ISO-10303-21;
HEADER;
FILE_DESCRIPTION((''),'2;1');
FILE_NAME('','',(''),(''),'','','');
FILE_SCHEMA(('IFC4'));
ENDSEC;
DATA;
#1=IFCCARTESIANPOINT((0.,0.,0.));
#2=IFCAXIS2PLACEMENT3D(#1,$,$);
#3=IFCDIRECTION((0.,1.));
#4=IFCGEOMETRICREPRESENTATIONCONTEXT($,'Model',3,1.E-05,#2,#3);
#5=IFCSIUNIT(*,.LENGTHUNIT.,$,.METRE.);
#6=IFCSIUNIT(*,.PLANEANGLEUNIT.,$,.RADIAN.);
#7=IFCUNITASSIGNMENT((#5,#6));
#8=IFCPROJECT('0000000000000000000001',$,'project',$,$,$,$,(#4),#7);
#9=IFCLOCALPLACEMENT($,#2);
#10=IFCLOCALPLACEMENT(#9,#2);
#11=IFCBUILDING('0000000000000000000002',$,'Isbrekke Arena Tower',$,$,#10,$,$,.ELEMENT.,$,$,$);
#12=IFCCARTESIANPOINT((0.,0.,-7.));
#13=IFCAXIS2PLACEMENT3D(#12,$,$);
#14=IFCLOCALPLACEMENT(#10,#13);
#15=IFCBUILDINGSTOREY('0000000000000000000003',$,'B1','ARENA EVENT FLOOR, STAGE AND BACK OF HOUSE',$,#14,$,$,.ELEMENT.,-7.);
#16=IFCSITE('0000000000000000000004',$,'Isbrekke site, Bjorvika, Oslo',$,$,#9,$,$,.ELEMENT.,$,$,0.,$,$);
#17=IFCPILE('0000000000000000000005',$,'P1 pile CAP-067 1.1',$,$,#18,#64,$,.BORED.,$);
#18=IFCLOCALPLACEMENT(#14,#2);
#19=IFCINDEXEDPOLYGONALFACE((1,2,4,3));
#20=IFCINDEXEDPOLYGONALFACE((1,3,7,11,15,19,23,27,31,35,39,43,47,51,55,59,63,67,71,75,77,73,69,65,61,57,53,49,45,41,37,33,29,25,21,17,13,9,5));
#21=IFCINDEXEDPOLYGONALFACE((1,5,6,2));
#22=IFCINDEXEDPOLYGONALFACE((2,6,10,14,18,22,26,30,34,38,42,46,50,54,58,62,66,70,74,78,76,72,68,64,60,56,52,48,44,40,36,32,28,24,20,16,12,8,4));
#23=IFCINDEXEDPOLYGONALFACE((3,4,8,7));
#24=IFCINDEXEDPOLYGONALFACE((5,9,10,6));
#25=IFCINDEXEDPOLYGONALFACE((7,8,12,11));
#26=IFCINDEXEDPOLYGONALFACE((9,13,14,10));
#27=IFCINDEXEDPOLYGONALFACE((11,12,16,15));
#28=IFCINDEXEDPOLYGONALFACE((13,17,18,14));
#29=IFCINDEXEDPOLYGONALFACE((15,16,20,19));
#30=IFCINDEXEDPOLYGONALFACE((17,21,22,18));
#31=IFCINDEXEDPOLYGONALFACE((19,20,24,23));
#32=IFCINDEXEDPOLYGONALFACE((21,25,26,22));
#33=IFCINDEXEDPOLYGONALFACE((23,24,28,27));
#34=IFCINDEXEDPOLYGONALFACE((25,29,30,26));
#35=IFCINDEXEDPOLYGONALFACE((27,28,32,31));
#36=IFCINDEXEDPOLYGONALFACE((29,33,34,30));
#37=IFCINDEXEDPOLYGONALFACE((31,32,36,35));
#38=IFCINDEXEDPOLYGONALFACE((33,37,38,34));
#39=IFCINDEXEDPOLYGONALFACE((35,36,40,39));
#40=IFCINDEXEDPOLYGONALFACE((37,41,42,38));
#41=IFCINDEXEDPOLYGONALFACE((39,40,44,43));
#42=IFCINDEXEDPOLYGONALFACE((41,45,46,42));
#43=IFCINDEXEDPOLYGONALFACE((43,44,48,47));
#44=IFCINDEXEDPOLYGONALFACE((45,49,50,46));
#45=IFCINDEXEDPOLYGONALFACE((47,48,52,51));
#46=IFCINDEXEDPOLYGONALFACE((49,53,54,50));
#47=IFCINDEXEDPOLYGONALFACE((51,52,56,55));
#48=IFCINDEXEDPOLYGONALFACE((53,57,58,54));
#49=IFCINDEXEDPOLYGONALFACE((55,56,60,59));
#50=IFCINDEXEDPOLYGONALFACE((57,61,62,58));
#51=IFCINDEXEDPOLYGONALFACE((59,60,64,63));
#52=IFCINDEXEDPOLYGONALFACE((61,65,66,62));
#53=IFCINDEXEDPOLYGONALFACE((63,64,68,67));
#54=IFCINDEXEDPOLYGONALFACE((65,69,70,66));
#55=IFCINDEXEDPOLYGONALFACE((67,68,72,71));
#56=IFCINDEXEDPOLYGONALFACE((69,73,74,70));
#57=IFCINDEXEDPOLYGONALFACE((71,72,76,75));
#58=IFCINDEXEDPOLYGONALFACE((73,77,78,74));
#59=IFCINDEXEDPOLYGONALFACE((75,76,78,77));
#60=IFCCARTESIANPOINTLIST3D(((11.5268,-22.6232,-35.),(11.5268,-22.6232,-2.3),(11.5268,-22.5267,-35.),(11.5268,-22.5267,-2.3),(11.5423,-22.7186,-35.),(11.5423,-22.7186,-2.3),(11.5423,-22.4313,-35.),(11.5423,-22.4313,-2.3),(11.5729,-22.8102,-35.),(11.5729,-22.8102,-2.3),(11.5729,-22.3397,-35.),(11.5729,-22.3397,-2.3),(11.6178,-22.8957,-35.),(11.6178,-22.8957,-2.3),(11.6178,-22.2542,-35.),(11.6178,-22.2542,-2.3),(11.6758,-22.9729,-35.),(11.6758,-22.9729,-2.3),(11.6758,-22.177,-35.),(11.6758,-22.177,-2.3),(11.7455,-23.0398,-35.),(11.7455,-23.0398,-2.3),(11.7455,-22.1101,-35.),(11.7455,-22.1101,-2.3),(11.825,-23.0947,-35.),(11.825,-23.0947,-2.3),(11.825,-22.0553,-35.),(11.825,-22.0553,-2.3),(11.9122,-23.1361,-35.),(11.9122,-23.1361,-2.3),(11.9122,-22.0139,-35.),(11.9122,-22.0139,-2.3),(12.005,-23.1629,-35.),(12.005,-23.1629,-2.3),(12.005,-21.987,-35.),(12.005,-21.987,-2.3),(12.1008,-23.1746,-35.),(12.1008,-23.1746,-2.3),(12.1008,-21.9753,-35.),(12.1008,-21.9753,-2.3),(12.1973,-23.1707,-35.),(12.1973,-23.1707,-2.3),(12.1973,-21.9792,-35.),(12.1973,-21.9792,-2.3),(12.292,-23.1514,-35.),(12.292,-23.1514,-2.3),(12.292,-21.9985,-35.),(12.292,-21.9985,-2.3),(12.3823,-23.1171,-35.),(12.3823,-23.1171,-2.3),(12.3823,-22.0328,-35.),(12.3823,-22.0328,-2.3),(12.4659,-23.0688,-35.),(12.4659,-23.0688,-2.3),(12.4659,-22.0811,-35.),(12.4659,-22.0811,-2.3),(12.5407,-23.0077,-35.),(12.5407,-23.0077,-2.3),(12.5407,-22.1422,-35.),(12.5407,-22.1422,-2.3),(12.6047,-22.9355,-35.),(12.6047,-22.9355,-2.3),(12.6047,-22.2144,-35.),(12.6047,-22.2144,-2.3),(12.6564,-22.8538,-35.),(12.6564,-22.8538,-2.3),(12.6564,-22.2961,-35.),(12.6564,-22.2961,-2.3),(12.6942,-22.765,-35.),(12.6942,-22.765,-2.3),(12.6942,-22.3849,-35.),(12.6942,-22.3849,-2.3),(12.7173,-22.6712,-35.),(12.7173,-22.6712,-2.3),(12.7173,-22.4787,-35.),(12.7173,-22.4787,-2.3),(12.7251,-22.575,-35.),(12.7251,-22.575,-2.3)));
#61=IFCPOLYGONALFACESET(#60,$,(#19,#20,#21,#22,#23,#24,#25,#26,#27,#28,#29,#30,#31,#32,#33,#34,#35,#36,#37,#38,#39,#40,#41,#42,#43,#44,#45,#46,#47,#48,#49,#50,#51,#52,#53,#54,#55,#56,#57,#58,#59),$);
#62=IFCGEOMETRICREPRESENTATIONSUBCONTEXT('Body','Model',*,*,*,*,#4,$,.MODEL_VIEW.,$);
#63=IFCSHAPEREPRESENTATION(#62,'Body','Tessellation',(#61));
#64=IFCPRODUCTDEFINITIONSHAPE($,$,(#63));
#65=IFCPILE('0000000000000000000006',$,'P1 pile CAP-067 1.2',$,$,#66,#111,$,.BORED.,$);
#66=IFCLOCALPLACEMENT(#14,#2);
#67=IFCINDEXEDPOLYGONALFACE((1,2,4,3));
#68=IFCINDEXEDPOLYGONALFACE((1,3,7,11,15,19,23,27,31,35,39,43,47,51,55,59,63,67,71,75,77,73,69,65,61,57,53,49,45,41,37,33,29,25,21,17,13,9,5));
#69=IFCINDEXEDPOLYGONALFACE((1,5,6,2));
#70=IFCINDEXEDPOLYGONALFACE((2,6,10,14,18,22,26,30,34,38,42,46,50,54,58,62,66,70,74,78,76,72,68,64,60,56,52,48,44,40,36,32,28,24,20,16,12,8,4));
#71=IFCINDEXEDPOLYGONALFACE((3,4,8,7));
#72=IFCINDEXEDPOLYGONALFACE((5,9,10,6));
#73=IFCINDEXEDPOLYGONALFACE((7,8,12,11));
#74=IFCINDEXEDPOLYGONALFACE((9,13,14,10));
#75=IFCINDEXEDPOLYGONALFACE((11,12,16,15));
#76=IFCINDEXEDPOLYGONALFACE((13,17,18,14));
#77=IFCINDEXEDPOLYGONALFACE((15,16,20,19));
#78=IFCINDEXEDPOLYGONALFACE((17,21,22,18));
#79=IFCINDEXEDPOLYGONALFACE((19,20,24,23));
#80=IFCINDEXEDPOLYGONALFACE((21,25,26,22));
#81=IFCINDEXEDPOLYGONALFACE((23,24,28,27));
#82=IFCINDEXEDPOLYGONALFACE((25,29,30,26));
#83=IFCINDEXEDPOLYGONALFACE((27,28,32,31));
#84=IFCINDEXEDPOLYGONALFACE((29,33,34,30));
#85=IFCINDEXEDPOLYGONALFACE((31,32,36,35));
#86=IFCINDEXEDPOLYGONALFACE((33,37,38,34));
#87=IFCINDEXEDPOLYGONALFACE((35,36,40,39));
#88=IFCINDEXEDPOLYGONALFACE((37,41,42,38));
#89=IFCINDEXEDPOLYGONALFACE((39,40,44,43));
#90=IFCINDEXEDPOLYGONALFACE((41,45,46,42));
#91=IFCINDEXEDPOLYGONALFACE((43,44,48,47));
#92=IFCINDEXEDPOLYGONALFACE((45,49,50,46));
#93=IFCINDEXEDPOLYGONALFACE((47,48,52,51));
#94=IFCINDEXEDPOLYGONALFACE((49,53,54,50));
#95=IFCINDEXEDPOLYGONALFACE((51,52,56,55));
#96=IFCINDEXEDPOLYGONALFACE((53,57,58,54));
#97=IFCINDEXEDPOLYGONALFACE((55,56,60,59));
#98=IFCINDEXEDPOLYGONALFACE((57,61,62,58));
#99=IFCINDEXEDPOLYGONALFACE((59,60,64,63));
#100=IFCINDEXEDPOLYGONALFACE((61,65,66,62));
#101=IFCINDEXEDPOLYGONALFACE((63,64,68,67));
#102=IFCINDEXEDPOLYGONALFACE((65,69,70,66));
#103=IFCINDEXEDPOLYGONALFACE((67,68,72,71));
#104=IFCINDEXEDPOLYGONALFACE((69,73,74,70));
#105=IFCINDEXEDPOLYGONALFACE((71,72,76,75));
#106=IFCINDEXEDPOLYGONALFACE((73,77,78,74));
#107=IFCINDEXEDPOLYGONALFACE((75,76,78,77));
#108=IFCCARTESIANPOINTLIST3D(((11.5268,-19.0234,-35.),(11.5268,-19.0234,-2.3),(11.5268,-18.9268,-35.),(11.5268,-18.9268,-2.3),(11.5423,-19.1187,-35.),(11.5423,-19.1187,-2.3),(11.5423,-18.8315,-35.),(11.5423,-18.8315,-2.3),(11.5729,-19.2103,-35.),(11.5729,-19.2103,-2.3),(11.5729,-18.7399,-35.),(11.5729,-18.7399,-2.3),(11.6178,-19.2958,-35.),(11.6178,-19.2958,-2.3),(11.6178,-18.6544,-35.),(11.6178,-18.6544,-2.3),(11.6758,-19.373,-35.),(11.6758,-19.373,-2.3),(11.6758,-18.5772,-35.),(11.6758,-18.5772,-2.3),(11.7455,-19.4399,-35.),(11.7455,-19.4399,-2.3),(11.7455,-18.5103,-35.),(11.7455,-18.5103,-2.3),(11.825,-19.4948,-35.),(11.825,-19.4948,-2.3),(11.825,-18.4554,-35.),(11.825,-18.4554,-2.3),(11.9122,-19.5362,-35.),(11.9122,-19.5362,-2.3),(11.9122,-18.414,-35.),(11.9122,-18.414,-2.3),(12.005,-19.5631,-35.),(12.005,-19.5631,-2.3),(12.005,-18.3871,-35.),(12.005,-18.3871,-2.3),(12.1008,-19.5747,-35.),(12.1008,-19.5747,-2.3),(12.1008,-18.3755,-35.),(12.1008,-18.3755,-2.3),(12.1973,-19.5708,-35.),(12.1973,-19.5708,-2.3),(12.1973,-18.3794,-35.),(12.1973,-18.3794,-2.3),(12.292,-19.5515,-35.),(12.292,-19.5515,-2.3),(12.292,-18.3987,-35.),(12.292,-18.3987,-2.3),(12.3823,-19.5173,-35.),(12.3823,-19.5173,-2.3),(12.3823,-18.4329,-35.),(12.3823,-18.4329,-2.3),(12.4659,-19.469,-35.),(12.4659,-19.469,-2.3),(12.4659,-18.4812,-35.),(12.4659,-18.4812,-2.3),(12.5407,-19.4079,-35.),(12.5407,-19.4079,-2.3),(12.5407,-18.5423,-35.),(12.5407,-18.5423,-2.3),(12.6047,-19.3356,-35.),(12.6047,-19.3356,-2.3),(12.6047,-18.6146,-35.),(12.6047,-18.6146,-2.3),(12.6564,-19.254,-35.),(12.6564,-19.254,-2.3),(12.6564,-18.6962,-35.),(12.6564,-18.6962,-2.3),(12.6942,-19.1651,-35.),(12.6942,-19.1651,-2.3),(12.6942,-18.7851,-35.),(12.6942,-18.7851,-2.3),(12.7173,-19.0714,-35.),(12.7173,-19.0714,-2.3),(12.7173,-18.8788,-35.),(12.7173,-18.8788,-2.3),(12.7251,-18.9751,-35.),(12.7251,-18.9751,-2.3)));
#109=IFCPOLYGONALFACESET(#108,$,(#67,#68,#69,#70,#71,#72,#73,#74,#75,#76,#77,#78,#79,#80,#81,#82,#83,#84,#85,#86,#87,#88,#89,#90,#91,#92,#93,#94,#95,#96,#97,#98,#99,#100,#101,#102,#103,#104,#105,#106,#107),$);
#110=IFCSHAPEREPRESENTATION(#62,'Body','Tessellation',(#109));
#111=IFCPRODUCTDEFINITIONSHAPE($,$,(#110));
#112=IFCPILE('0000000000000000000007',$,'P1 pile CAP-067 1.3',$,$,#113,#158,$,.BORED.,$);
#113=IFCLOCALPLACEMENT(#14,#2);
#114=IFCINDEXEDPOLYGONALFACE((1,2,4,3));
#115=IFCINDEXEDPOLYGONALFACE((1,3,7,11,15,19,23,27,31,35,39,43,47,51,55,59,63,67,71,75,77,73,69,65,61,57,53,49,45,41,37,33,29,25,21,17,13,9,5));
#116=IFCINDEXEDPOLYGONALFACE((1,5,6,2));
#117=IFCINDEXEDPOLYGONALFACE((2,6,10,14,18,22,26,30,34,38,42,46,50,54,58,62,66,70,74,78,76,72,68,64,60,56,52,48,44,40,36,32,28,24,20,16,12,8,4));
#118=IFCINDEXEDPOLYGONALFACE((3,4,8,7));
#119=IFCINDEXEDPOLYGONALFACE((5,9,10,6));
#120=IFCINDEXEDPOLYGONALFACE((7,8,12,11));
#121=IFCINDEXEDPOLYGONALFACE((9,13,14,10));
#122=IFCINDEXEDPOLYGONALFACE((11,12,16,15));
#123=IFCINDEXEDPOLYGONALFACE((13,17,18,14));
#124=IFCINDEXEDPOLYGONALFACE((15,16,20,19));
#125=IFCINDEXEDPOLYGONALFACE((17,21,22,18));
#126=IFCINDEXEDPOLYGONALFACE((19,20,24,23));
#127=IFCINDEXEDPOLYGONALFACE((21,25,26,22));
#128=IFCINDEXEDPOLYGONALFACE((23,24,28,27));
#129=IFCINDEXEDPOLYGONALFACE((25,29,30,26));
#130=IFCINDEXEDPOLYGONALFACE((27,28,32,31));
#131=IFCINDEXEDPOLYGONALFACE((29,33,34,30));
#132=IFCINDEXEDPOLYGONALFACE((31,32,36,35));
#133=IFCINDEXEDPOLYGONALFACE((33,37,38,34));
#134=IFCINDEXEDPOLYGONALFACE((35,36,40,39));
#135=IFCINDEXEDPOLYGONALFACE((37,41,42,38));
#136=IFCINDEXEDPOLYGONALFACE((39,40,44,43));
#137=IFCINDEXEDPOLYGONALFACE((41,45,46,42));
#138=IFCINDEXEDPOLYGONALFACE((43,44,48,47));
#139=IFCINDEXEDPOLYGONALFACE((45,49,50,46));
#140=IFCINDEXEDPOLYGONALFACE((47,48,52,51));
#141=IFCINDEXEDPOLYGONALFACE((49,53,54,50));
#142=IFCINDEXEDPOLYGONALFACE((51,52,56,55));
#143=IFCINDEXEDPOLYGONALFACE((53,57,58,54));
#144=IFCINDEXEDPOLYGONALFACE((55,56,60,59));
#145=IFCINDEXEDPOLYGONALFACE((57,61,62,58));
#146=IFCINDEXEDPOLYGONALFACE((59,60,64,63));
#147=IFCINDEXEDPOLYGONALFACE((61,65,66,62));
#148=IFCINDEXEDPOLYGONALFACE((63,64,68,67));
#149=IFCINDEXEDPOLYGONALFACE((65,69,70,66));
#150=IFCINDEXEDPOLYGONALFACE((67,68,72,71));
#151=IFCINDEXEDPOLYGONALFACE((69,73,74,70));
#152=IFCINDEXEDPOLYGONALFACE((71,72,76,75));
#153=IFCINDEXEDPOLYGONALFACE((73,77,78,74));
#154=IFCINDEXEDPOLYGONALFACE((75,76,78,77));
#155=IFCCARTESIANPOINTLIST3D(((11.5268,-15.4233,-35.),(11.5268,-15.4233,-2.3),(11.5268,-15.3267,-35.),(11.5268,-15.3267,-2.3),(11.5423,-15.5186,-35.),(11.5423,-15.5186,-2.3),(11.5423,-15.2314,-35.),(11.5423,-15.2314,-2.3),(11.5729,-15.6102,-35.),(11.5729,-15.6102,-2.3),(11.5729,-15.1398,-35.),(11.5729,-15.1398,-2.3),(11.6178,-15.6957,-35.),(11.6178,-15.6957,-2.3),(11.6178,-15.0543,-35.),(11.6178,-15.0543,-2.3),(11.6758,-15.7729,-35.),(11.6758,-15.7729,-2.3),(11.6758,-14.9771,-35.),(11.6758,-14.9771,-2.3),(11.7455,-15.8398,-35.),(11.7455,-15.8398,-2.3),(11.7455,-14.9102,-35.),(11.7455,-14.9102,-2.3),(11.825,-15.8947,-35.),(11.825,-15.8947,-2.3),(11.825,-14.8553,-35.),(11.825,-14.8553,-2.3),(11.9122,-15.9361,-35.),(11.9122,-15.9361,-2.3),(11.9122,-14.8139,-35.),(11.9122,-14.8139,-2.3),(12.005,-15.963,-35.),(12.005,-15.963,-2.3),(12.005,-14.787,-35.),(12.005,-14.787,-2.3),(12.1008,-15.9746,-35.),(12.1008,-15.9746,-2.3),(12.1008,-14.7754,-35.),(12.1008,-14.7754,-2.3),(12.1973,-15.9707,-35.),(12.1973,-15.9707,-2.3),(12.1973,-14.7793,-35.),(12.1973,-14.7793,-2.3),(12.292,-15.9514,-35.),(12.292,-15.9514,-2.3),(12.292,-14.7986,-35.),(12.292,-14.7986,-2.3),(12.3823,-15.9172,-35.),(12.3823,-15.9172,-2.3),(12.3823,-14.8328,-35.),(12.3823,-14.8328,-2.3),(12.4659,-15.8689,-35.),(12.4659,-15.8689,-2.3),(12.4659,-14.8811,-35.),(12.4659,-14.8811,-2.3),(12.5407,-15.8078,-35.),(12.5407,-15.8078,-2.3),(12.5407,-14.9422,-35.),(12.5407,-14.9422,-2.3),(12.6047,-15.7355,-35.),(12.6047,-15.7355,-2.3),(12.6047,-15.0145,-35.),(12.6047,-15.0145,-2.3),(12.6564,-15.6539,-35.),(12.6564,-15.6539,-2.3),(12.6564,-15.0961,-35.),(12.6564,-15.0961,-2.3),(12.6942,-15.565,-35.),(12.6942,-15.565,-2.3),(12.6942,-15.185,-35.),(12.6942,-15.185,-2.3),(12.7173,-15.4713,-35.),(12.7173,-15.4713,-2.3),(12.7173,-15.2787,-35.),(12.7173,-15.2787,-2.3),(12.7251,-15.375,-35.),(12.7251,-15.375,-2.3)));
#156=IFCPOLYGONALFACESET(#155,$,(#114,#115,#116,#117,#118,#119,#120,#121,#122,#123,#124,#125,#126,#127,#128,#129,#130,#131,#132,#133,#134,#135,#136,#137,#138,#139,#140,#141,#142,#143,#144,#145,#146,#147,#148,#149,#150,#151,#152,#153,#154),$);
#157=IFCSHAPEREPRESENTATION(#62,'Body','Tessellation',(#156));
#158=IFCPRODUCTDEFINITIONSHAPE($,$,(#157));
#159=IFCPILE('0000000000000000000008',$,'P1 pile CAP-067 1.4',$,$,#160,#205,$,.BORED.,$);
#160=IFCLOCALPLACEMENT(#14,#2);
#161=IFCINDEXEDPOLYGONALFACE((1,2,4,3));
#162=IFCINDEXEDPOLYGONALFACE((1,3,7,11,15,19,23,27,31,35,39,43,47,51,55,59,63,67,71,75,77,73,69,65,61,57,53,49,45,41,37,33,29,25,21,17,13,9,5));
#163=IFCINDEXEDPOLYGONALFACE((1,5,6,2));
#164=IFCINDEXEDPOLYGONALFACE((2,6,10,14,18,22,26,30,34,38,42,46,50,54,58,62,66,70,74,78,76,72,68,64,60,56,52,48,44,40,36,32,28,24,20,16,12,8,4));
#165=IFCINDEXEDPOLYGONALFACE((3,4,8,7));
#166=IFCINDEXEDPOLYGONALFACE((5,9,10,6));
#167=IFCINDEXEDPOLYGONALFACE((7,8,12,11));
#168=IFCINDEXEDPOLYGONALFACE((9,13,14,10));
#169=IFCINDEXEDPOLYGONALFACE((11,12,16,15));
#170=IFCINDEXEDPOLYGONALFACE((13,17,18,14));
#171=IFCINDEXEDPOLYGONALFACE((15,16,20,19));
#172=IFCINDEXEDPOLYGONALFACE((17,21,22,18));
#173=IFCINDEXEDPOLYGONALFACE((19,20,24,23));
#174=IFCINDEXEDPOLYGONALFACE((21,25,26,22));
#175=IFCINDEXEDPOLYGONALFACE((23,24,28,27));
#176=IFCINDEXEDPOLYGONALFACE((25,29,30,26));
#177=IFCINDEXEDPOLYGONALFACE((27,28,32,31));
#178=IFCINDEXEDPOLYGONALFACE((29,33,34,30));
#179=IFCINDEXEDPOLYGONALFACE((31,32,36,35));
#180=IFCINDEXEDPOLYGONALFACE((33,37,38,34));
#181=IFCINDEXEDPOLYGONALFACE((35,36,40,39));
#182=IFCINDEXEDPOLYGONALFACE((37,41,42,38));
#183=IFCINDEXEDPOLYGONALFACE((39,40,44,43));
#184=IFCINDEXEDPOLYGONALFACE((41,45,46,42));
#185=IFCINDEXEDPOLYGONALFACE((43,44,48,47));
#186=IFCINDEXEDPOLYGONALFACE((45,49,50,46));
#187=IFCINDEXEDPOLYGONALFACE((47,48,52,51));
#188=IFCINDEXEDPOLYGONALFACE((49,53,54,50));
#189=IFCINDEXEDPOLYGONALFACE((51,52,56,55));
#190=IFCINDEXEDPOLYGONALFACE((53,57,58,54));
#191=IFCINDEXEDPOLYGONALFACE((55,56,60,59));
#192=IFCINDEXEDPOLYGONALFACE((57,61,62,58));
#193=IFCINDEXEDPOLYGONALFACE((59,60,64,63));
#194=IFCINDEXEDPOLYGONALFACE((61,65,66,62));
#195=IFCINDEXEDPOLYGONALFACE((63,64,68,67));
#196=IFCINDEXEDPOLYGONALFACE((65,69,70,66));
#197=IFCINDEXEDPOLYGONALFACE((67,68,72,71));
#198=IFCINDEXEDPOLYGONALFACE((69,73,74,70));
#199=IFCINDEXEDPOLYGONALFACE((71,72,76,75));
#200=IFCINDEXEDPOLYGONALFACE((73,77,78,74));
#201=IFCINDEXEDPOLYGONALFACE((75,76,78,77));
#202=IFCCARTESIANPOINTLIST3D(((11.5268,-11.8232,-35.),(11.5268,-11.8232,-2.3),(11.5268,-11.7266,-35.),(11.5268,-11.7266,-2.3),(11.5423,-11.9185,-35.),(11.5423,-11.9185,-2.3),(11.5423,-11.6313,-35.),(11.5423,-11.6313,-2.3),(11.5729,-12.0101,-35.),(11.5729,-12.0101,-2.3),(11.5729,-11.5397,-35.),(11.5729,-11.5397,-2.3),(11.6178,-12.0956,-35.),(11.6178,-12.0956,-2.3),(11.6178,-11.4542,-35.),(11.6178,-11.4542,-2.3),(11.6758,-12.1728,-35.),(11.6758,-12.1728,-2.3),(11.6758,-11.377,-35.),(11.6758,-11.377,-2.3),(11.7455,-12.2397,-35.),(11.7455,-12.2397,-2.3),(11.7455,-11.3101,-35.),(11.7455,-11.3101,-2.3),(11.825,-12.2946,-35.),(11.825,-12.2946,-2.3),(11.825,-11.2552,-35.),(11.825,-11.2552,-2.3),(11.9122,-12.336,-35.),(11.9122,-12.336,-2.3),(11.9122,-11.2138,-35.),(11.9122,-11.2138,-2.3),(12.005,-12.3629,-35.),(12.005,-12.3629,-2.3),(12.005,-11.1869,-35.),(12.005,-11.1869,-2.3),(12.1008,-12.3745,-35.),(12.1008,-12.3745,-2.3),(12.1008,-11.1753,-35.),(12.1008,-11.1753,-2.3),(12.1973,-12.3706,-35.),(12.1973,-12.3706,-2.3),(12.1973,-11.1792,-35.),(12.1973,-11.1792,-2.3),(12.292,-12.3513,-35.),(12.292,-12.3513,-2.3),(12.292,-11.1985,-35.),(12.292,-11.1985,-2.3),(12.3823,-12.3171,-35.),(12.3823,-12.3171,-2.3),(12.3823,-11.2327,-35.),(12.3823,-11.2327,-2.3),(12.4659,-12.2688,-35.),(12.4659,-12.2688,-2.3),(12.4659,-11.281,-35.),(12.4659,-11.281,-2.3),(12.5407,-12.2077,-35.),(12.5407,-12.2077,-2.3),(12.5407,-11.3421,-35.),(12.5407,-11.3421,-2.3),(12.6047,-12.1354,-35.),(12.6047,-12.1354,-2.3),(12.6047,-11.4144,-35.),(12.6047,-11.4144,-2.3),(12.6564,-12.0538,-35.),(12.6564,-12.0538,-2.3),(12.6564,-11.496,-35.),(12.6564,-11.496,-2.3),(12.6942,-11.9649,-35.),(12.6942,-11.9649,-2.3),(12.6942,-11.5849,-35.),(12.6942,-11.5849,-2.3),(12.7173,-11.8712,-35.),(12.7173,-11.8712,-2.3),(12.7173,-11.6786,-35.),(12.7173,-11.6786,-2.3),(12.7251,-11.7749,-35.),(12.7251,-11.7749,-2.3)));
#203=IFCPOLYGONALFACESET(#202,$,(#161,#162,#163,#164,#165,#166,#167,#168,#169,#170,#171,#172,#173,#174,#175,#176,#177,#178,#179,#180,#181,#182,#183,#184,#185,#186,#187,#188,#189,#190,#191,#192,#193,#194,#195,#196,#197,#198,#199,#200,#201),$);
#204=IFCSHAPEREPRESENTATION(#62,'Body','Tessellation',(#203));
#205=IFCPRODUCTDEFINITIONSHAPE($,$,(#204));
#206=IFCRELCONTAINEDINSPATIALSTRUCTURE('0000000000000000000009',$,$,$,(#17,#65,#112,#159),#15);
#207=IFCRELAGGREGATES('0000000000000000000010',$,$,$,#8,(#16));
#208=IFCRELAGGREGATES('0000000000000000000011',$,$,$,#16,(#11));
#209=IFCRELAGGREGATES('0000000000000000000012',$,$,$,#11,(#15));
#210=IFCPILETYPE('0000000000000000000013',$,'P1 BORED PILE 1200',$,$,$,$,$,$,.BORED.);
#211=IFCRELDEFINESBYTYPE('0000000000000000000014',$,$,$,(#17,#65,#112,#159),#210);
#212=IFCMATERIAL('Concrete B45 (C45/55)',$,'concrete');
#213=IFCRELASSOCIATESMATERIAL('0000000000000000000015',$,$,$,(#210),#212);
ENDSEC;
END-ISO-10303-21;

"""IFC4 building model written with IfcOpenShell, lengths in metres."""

from ifc_helpers import new_model, si_unit, direction, frame, origin, origin_2d, place, context, subcontext, project, spatial, circle, extrude, material, material_profile, profile_set, type_object, element, save


model = new_model("IFC4")

# Units and contexts
model_context = context("Model", 3, precision=1e-05, world=origin(), true_north=direction((0.0, 1.0)))
body_context = subcontext(model_context, "Body", "Model", "MODEL_VIEW")
ifc_project = project(units=[si_unit("LENGTHUNIT", "METRE"), si_unit("PLANEANGLEUNIT", "RADIAN")], contexts=[model_context])

# Site, building, storey
site_placement = place(None, origin())
site = spatial("IfcSite", under=ifc_project, at=site_placement, Name="Isbrekke site, Bjorvika, Oslo", CompositionType="ELEMENT", RefElevation=0.0)
building_placement = place(site_placement, origin())
building = spatial("IfcBuilding", under=site, at=building_placement, Name="Isbrekke Arena Tower", CompositionType="ELEMENT")
storey_placement = place(building_placement, frame((0.0, 0.0, -7.0)))
storey = spatial("IfcBuildingStorey", under=building, at=storey_placement, Name="B1", Description="ARENA EVENT FLOOR, STAGE AND BACK OF HOUSE", CompositionType="ELEMENT", Elevation=-7.0)

# Piles
ifc_material_1 = material(Name="Concrete B45 (C45/55)", Category="concrete")
ifc_material_profile_1 = material_profile(ifc_material_1, circle(Radius=0.6001, at=origin_2d()), Name="BORED PILE D1200")
ifc_profile_set_1 = profile_set([ifc_material_profile_1], Name="Concrete B45 (C45/55)")
pile_type = type_object("IfcPileType", Name="P1 BORED PILE 1200", PredefinedType="BORED", material=ifc_profile_set_1)
for number, where, z_axis, x_axis, name in (
    (1, (12.125, -22.575, -2.3), (0.0, 0.0, -1.0), (1.0, 0.0, 0.0), "P1 pile CAP-067 1.1"),
    (2, (12.125, -18.9751, -2.3), (0.0, 0.0, -1.0), (1.0, 0.0, 0.0), "P1 pile CAP-067 1.2"),
    (3, (12.125, -15.375, -2.3), (0.0, 0.0, -1.0), (1.0, 0.0, 0.0), "P1 pile CAP-067 1.3"),
    (4, (12.125, -11.7749, -2.3), (0.0, 0.0, -1.0), (1.0, 0.0, 0.0), "P1 pile CAP-067 1.4"),
):
    element("IfcPile", number, at=place(storey_placement, frame(where, z_axis=z_axis, x_axis=x_axis)), inside=storey, type_object=pile_type, Name=name, PredefinedType="BORED", context=body_context, shape_type="SweptSolid", body=[
        extrude(circle(Radius=0.6001, at=origin_2d()), origin(), (0.0, 0.0, 1.0), 32.7),
    ])

save(model, "model.ifc")
